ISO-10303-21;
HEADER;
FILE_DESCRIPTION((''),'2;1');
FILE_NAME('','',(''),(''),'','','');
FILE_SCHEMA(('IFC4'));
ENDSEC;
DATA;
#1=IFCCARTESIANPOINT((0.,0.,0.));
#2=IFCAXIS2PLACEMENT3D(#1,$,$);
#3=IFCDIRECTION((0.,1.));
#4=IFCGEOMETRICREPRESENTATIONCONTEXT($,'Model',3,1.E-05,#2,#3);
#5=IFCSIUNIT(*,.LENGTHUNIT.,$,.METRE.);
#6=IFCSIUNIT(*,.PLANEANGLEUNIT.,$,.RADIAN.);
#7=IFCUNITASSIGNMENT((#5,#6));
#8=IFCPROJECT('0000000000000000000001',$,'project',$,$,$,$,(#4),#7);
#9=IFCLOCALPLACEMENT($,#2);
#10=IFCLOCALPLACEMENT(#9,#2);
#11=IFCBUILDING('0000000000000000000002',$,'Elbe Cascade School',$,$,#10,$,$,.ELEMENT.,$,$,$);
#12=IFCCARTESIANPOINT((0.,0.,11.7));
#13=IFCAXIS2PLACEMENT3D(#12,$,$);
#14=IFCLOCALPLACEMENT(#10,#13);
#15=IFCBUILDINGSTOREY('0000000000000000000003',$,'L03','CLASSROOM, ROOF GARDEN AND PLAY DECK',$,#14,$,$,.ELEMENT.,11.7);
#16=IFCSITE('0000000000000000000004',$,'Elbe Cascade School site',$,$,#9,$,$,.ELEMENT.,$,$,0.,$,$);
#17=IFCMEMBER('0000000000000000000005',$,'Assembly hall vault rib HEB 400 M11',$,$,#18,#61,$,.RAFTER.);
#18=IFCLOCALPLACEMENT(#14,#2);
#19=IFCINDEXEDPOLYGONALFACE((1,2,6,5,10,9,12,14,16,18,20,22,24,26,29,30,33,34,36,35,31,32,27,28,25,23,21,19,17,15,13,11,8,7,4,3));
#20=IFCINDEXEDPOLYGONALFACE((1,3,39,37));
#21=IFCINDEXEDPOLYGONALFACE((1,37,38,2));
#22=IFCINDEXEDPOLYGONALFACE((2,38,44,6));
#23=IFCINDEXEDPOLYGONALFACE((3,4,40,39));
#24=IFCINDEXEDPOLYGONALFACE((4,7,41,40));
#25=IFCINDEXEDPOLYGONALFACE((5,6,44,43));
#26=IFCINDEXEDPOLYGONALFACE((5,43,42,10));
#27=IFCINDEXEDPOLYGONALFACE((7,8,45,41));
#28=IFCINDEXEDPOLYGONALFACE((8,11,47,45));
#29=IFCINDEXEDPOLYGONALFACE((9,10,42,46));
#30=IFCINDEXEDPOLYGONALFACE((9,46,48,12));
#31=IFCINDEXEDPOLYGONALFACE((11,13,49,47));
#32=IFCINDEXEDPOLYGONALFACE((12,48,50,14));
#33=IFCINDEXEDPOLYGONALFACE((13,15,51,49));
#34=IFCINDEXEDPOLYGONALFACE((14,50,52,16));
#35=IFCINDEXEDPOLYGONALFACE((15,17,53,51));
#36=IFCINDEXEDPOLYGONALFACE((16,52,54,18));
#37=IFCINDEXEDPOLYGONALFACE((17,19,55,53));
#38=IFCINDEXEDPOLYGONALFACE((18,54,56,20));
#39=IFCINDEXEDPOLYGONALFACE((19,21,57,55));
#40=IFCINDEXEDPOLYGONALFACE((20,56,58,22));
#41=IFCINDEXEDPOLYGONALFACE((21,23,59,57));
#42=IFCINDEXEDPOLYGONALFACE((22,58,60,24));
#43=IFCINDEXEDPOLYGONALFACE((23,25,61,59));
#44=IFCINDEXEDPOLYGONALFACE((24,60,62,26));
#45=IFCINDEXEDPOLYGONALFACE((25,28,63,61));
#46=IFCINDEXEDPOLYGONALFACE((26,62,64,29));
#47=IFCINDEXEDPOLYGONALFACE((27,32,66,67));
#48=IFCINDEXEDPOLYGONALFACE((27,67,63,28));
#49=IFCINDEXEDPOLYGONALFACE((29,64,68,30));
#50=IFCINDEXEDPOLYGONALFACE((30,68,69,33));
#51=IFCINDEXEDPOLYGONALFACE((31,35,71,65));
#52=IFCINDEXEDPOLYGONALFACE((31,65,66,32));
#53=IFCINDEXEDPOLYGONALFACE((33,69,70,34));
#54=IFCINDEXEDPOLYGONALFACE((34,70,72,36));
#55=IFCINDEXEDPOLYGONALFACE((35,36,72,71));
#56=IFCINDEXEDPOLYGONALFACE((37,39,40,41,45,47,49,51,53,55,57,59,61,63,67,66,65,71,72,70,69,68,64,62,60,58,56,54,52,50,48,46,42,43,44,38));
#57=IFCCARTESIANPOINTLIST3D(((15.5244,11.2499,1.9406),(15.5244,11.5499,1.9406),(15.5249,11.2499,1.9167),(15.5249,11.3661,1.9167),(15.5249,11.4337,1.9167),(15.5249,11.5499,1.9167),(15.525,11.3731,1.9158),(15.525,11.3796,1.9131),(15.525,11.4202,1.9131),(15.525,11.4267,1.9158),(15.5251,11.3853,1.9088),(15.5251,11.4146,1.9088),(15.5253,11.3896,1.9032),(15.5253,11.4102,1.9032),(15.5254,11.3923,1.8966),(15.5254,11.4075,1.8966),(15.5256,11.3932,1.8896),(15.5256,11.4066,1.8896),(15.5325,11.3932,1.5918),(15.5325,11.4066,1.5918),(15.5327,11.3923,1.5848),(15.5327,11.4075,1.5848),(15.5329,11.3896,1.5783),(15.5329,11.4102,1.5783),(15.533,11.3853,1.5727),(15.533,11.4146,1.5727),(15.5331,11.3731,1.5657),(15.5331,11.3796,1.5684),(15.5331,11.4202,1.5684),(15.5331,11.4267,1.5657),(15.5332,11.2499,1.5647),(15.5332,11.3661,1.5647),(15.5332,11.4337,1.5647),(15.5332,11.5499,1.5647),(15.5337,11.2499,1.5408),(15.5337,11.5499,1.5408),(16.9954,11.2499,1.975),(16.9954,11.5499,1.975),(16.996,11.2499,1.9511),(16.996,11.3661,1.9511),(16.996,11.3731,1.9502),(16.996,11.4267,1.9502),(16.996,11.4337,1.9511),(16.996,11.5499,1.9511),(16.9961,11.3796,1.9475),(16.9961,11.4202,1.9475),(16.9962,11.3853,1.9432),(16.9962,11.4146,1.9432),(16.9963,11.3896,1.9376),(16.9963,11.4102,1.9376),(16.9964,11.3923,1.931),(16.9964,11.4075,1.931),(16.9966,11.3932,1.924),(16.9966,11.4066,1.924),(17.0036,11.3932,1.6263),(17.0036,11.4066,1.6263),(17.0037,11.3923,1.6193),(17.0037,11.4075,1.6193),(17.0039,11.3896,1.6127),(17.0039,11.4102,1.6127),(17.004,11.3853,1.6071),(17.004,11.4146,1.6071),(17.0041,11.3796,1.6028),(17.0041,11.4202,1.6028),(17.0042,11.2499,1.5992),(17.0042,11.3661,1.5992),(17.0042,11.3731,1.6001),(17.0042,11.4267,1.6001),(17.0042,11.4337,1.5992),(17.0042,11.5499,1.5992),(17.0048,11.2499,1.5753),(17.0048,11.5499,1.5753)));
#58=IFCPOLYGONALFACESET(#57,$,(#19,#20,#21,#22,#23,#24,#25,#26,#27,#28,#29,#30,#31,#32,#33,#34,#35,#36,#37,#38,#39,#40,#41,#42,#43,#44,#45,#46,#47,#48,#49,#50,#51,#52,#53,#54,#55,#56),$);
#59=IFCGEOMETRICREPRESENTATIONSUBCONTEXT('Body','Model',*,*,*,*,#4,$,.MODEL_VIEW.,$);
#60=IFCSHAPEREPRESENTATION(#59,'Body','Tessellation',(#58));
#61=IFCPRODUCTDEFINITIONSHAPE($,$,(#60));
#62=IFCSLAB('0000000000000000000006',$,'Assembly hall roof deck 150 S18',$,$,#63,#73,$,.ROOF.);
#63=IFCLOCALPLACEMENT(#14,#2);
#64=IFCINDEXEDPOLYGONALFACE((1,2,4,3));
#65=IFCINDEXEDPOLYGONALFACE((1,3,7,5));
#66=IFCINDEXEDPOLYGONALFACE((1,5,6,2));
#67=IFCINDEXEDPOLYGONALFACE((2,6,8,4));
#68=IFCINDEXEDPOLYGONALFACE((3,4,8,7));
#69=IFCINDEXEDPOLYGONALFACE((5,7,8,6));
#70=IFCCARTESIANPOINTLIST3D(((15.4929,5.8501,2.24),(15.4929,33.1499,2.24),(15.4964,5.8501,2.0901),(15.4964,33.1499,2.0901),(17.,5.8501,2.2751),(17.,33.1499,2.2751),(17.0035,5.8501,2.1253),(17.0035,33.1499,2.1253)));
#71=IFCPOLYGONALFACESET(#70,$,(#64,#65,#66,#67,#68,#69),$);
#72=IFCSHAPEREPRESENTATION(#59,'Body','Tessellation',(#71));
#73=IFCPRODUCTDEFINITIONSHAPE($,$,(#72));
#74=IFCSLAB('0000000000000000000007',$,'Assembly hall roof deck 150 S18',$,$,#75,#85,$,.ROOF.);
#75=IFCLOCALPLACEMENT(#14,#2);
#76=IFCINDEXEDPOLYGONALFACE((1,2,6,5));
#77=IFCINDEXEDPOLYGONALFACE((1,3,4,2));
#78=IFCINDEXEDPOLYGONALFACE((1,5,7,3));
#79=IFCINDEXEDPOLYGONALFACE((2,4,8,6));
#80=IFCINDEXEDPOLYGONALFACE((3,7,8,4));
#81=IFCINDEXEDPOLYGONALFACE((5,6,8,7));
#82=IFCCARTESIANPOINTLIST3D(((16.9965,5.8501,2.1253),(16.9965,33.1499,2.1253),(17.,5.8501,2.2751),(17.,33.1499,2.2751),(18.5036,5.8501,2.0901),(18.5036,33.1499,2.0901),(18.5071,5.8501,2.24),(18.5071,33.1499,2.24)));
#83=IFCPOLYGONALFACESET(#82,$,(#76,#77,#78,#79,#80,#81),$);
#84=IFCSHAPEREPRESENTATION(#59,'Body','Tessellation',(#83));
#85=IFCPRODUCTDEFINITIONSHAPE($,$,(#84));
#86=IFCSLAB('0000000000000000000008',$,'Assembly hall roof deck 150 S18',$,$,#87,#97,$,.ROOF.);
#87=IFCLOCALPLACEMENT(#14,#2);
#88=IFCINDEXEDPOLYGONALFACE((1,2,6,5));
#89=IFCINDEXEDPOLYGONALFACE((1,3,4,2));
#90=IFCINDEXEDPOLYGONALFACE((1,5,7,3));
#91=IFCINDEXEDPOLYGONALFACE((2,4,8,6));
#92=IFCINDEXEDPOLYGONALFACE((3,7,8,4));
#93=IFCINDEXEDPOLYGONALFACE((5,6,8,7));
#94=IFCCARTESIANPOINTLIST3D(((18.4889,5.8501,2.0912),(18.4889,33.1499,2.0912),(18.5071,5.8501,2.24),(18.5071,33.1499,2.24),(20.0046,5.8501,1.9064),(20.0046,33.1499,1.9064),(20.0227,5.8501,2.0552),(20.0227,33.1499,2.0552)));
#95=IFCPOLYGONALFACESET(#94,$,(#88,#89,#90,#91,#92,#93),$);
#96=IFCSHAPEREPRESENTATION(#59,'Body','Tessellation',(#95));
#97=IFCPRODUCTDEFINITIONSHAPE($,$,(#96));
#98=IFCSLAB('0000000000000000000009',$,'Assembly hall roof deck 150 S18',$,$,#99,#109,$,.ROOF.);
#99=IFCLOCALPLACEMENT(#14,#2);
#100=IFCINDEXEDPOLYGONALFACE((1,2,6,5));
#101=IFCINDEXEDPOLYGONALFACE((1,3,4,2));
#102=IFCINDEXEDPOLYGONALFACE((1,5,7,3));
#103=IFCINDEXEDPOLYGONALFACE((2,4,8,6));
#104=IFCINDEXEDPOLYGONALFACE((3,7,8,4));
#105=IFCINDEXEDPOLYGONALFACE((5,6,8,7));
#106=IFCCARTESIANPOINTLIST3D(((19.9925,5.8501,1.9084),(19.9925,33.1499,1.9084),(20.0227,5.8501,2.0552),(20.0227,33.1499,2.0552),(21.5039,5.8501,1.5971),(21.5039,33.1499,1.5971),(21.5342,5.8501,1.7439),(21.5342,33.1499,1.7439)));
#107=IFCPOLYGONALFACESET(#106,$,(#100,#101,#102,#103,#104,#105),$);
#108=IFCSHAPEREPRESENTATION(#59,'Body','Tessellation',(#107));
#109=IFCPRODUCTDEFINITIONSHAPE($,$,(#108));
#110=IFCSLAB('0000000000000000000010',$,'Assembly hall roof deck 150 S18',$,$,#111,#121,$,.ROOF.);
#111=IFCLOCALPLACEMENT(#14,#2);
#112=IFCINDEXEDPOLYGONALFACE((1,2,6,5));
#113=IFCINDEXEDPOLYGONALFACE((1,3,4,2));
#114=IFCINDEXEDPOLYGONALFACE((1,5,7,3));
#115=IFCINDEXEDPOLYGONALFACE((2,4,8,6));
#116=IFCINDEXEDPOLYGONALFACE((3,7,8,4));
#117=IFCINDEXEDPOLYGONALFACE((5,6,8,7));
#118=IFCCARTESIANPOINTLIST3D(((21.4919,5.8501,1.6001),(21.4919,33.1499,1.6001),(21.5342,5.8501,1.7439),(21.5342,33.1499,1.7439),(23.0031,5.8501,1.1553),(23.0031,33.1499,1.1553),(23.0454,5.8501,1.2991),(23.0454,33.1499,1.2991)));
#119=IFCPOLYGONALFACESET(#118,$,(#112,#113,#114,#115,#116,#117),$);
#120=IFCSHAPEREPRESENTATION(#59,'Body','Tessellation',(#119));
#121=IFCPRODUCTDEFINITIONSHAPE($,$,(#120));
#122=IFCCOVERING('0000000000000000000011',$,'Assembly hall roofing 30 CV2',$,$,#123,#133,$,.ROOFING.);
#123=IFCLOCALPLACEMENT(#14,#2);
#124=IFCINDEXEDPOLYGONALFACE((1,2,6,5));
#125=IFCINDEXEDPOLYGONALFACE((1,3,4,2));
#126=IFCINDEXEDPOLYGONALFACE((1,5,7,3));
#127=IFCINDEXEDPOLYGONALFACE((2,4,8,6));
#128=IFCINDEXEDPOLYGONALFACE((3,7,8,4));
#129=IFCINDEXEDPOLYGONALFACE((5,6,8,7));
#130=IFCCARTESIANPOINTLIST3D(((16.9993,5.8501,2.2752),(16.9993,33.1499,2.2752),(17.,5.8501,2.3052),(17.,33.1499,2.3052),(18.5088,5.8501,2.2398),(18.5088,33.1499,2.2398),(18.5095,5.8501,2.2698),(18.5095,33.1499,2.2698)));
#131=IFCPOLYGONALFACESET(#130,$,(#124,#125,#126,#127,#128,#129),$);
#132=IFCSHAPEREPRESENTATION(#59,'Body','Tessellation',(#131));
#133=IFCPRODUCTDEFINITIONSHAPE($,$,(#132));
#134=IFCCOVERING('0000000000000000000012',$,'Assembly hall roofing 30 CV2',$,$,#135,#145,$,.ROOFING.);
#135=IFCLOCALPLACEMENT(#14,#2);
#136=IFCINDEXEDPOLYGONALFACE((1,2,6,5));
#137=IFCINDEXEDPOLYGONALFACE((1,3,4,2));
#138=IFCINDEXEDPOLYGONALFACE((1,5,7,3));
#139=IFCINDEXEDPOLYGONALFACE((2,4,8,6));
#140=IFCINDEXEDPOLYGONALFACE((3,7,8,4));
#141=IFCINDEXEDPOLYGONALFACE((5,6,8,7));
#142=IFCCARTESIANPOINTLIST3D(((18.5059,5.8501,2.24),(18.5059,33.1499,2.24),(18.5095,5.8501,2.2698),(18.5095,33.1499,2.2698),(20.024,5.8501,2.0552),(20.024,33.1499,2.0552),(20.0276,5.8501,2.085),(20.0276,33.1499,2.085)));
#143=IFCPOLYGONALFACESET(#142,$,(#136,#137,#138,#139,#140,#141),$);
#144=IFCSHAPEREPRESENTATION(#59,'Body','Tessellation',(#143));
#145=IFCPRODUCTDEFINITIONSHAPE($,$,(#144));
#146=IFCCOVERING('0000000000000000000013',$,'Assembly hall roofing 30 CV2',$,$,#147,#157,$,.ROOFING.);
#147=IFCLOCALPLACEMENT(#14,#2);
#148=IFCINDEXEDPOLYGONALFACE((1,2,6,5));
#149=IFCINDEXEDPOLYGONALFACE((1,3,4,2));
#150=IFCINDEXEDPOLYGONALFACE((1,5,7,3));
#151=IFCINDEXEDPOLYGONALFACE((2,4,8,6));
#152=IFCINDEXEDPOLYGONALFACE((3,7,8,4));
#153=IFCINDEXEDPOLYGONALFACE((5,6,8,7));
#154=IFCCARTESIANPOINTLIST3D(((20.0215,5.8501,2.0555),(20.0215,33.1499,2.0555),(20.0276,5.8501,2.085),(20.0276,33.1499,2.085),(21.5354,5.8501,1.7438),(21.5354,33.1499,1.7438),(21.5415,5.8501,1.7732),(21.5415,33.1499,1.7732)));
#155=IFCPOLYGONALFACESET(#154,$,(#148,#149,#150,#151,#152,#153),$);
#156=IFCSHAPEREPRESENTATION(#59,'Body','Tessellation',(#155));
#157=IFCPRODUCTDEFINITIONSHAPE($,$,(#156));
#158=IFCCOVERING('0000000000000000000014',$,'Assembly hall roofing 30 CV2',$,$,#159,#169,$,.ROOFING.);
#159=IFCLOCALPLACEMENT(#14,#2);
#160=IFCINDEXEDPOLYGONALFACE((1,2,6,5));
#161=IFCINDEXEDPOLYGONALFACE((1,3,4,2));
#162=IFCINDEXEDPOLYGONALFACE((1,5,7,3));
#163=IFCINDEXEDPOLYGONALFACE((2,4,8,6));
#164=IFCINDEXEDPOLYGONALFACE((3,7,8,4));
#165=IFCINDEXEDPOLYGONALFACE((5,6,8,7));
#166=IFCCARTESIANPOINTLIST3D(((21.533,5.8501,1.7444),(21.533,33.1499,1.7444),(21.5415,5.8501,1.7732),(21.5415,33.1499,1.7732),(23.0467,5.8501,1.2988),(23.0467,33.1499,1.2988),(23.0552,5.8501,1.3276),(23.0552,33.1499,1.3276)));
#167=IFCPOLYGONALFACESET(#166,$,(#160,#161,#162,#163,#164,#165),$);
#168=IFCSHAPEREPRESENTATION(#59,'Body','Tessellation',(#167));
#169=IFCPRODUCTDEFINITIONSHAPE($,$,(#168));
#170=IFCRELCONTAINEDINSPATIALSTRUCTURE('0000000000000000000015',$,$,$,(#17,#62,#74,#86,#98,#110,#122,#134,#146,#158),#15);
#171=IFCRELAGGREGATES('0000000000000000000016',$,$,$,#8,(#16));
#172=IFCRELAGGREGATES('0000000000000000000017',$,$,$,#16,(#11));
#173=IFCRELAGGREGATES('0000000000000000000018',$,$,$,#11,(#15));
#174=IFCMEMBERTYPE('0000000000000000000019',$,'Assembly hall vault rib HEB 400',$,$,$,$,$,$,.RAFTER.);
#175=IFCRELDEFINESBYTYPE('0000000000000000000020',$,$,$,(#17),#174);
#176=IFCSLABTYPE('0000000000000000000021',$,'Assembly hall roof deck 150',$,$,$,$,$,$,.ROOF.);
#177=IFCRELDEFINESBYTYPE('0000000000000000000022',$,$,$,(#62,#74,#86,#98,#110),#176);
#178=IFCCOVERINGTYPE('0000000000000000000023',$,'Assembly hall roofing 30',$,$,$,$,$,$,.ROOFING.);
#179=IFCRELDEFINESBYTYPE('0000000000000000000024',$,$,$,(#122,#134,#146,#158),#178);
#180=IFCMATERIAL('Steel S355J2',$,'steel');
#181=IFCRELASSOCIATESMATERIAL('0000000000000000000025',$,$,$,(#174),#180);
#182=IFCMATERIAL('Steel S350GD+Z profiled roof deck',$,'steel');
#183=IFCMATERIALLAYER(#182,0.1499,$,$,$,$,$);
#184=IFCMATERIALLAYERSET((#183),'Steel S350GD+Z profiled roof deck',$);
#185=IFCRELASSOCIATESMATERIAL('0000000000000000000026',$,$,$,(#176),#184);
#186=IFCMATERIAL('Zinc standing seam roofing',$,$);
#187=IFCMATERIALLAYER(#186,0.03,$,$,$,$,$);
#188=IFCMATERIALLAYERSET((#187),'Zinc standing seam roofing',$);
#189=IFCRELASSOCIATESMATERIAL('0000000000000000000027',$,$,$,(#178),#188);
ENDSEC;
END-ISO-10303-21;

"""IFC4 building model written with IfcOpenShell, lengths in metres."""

from ifc_helpers import new_model, si_unit, direction, frame, origin, origin_2d, place, context, subcontext, project, spatial, polyline, i_section, outline, extrude, material, layer, layer_set, material_profile, profile_set, type_object, element, save


model = new_model("IFC4")

# Units and contexts
model_context = context("Model", 3, precision=1e-05, world=origin(), true_north=direction((0.0, 1.0)))
body_context = subcontext(model_context, "Body", "Model", "MODEL_VIEW")
ifc_project = project(units=[si_unit("LENGTHUNIT", "METRE"), si_unit("PLANEANGLEUNIT", "RADIAN")], contexts=[model_context])

# Site, building, storey
site_placement = place(None, origin())
site = spatial("IfcSite", under=ifc_project, at=site_placement, Name="Elbe Cascade School site", CompositionType="ELEMENT", RefElevation=0.0)
building_placement = place(site_placement, origin())
building = spatial("IfcBuilding", under=site, at=building_placement, Name="Elbe Cascade School", CompositionType="ELEMENT")
storey_placement = place(building_placement, frame((0.0, 0.0, 11.7)))
storey = spatial("IfcBuildingStorey", under=building, at=storey_placement, Name="L03", Description="CLASSROOM, ROOF GARDEN AND PLAY DECK", CompositionType="ELEMENT", Elevation=11.7)

# Member
ifc_material_1 = material(Name="Steel S355J2", Category="steel")
ifc_material_profile_1 = material_profile(ifc_material_1, i_section(OverallWidth=0.3, OverallDepth=0.3999, WebThickness=0.0134, FlangeThickness=0.0239, FilletRadius=0.0271, at=origin_2d()), Name="HEB 400")
ifc_profile_set_1 = profile_set([ifc_material_profile_1], Name="Steel S355J2")
member_type_1 = type_object("IfcMemberType", Name="Assembly hall vault rib HEB 400", PredefinedType="RAFTER", material=ifc_profile_set_1)
member_1_placement = place(storey_placement, frame((15.5291, 11.3999, 1.7407), z_axis=(0.999726, 0.0, 0.023396), x_axis=(0.0, 1.0, 0.0)))
element("IfcMember", 1, at=member_1_placement, inside=storey, type_object=member_type_1, Name="Assembly hall vault rib HEB 400 M11", PredefinedType="RAFTER", context=body_context, shape_type="SweptSolid", body=[
    extrude(i_section(OverallWidth=0.3, OverallDepth=0.3999, WebThickness=0.0134, FlangeThickness=0.0239, FilletRadius=0.0271, at=origin_2d()), origin(), (0.0, 0.0, 1.0), 1.4714),
])

# Slabs
ifc_material_2 = material(Name="Steel S350GD+Z profiled roof deck", Category="steel")
ifc_layer_1 = layer(ifc_material_2, 0.1499)
ifc_layer_set_1 = layer_set([ifc_layer_1], Name="Steel S350GD+Z profiled roof deck")
slab_type = type_object("IfcSlabType", Name="Assembly hall roof deck 150", PredefinedType="ROOF", material=ifc_layer_set_1)
for number, where, z_axis, x_axis, name in (
    (2, (15.4929, 5.8501, 2.24), (-0.023321, 0.0, 0.999728), (0.999728, 0.0, 0.023321), "Assembly hall roof deck 150 S18"),
    (3, (17.0, 5.8501, 2.2751), (0.023321, 0.0, 0.999728), (0.999728, 0.0, -0.023321), "Assembly hall roof deck 150 S18"),
):
    element("IfcSlab", number, at=place(storey_placement, frame(where, z_axis=z_axis, x_axis=x_axis)), inside=storey, type_object=slab_type, Name=name, PredefinedType="ROOF", context=body_context, shape_type="SweptSolid", body=[
        extrude(outline(polyline([(0.0, 0.0), (1.5075, 0.0), (1.5075, 27.2998), (0.0, 27.2998), (0.0, 0.0)])), origin(), (0.0, 0.0, -1.0), 0.1499),
    ])
slab_1_placement = place(storey_placement, frame((18.5071, 5.8501, 2.24), z_axis=(0.121043, 0.0, 0.992647), x_axis=(0.992647, 0.0, -0.121043)))
element("IfcSlab", 4, at=slab_1_placement, inside=storey, type_object=slab_type, Name="Assembly hall roof deck 150 S18", PredefinedType="ROOF", context=body_context, shape_type="SweptSolid", body=[
    extrude(outline(polyline([(0.0, 0.0), (1.5269, 0.0), (1.5269, 27.2998), (0.0, 27.2998), (0.0, 0.0)])), origin(), (0.0, 0.0, -1.0), 0.1499),
])
slab_2_placement = place(storey_placement, frame((20.0227, 5.8501, 2.0552), z_axis=(0.201711, 0.0, 0.979445), x_axis=(0.979445, 0.0, -0.201711)))
element("IfcSlab", 5, at=slab_2_placement, inside=storey, type_object=slab_type, Name="Assembly hall roof deck 150 S18", PredefinedType="ROOF", context=body_context, shape_type="SweptSolid", body=[
    extrude(outline(polyline([(0.0, 0.0), (1.5432, 0.0), (1.5432, 27.2998), (0.0, 27.2998), (0.0, 0.0)])), origin(), (0.0, 0.0, -1.0), 0.1499),
])
slab_3_placement = place(storey_placement, frame((21.5342, 5.8501, 1.7439), z_axis=(0.282368, 0.0, 0.959306), x_axis=(0.959306, 0.0, -0.282368)))
element("IfcSlab", 6, at=slab_3_placement, inside=storey, type_object=slab_type, Name="Assembly hall roof deck 150 S18", PredefinedType="ROOF", context=body_context, shape_type="SweptSolid", body=[
    extrude(outline(polyline([(0.0, 0.0), (1.5753, 0.0), (1.5753, 27.2998), (0.0, 27.2998), (0.0, 0.0)])), origin(), (0.0, 0.0, -1.0), 0.1499),
])

# Coverings
ifc_material_3 = material(Name="Zinc standing seam roofing")
ifc_layer_2 = layer(ifc_material_3, 0.03)
ifc_layer_set_2 = layer_set([ifc_layer_2], Name="Zinc standing seam roofing")
covering_type = type_object("IfcCoveringType", Name="Assembly hall roofing 30", PredefinedType="ROOFING", material=ifc_layer_set_2)
covering_1_placement = place(storey_placement, frame((17.0, 5.8501, 2.3052), z_axis=(0.023445, 0.0, 0.999725), x_axis=(0.999725, 0.0, -0.023445)))
element("IfcCovering", 7, at=covering_1_placement, inside=storey, type_object=covering_type, Name="Assembly hall roofing 30 CV2", PredefinedType="ROOFING", context=body_context, shape_type="SweptSolid", body=[
    extrude(outline(polyline([(0.0, 0.0), (1.5099, 0.0), (1.5099, 27.2998), (0.0, 27.2998), (0.0, 0.0)])), origin(), (0.0, 0.0, -1.0), 0.03),
])
covering_2_placement = place(storey_placement, frame((18.5095, 5.8501, 2.2698), z_axis=(0.120851, 0.0, 0.992671), x_axis=(0.992671, 0.0, -0.120851)))
element("IfcCovering", 8, at=covering_2_placement, inside=storey, type_object=covering_type, Name="Assembly hall roofing 30 CV2", PredefinedType="ROOFING", context=body_context, shape_type="SweptSolid", body=[
    extrude(outline(polyline([(0.0, 0.0), (1.5293, 0.0), (1.5293, 27.2998), (0.0, 27.2998), (0.0, 0.0)])), origin(), (0.0, 0.0, -1.0), 0.03),
])
covering_3_placement = place(storey_placement, frame((20.0276, 5.8501, 2.085), z_axis=(0.201702, 0.0, 0.979447), x_axis=(0.979447, 0.0, -0.201702)))
element("IfcCovering", 9, at=covering_3_placement, inside=storey, type_object=covering_type, Name="Assembly hall roofing 30 CV2", PredefinedType="ROOFING", context=body_context, shape_type="SweptSolid", body=[
    extrude(outline(polyline([(0.0, 0.0), (1.5457, 0.0), (1.5457, 27.2998), (0.0, 27.2998), (0.0, 0.0)])), origin(), (0.0, 0.0, -1.0), 0.03),
])
covering_4_placement = place(storey_placement, frame((21.5415, 5.8501, 1.7732), z_axis=(0.282376, 0.0, 0.959304), x_axis=(0.959304, 0.0, -0.282376)))
element("IfcCovering", 10, at=covering_4_placement, inside=storey, type_object=covering_type, Name="Assembly hall roofing 30 CV2", PredefinedType="ROOFING", context=body_context, shape_type="SweptSolid", body=[
    extrude(outline(polyline([(0.0, 0.0), (1.5779, 0.0), (1.5779, 27.2998), (0.0, 27.2998), (0.0, 0.0)])), origin(), (0.0, 0.0, -1.0), 0.03),
])

save(model, "model.ifc")
